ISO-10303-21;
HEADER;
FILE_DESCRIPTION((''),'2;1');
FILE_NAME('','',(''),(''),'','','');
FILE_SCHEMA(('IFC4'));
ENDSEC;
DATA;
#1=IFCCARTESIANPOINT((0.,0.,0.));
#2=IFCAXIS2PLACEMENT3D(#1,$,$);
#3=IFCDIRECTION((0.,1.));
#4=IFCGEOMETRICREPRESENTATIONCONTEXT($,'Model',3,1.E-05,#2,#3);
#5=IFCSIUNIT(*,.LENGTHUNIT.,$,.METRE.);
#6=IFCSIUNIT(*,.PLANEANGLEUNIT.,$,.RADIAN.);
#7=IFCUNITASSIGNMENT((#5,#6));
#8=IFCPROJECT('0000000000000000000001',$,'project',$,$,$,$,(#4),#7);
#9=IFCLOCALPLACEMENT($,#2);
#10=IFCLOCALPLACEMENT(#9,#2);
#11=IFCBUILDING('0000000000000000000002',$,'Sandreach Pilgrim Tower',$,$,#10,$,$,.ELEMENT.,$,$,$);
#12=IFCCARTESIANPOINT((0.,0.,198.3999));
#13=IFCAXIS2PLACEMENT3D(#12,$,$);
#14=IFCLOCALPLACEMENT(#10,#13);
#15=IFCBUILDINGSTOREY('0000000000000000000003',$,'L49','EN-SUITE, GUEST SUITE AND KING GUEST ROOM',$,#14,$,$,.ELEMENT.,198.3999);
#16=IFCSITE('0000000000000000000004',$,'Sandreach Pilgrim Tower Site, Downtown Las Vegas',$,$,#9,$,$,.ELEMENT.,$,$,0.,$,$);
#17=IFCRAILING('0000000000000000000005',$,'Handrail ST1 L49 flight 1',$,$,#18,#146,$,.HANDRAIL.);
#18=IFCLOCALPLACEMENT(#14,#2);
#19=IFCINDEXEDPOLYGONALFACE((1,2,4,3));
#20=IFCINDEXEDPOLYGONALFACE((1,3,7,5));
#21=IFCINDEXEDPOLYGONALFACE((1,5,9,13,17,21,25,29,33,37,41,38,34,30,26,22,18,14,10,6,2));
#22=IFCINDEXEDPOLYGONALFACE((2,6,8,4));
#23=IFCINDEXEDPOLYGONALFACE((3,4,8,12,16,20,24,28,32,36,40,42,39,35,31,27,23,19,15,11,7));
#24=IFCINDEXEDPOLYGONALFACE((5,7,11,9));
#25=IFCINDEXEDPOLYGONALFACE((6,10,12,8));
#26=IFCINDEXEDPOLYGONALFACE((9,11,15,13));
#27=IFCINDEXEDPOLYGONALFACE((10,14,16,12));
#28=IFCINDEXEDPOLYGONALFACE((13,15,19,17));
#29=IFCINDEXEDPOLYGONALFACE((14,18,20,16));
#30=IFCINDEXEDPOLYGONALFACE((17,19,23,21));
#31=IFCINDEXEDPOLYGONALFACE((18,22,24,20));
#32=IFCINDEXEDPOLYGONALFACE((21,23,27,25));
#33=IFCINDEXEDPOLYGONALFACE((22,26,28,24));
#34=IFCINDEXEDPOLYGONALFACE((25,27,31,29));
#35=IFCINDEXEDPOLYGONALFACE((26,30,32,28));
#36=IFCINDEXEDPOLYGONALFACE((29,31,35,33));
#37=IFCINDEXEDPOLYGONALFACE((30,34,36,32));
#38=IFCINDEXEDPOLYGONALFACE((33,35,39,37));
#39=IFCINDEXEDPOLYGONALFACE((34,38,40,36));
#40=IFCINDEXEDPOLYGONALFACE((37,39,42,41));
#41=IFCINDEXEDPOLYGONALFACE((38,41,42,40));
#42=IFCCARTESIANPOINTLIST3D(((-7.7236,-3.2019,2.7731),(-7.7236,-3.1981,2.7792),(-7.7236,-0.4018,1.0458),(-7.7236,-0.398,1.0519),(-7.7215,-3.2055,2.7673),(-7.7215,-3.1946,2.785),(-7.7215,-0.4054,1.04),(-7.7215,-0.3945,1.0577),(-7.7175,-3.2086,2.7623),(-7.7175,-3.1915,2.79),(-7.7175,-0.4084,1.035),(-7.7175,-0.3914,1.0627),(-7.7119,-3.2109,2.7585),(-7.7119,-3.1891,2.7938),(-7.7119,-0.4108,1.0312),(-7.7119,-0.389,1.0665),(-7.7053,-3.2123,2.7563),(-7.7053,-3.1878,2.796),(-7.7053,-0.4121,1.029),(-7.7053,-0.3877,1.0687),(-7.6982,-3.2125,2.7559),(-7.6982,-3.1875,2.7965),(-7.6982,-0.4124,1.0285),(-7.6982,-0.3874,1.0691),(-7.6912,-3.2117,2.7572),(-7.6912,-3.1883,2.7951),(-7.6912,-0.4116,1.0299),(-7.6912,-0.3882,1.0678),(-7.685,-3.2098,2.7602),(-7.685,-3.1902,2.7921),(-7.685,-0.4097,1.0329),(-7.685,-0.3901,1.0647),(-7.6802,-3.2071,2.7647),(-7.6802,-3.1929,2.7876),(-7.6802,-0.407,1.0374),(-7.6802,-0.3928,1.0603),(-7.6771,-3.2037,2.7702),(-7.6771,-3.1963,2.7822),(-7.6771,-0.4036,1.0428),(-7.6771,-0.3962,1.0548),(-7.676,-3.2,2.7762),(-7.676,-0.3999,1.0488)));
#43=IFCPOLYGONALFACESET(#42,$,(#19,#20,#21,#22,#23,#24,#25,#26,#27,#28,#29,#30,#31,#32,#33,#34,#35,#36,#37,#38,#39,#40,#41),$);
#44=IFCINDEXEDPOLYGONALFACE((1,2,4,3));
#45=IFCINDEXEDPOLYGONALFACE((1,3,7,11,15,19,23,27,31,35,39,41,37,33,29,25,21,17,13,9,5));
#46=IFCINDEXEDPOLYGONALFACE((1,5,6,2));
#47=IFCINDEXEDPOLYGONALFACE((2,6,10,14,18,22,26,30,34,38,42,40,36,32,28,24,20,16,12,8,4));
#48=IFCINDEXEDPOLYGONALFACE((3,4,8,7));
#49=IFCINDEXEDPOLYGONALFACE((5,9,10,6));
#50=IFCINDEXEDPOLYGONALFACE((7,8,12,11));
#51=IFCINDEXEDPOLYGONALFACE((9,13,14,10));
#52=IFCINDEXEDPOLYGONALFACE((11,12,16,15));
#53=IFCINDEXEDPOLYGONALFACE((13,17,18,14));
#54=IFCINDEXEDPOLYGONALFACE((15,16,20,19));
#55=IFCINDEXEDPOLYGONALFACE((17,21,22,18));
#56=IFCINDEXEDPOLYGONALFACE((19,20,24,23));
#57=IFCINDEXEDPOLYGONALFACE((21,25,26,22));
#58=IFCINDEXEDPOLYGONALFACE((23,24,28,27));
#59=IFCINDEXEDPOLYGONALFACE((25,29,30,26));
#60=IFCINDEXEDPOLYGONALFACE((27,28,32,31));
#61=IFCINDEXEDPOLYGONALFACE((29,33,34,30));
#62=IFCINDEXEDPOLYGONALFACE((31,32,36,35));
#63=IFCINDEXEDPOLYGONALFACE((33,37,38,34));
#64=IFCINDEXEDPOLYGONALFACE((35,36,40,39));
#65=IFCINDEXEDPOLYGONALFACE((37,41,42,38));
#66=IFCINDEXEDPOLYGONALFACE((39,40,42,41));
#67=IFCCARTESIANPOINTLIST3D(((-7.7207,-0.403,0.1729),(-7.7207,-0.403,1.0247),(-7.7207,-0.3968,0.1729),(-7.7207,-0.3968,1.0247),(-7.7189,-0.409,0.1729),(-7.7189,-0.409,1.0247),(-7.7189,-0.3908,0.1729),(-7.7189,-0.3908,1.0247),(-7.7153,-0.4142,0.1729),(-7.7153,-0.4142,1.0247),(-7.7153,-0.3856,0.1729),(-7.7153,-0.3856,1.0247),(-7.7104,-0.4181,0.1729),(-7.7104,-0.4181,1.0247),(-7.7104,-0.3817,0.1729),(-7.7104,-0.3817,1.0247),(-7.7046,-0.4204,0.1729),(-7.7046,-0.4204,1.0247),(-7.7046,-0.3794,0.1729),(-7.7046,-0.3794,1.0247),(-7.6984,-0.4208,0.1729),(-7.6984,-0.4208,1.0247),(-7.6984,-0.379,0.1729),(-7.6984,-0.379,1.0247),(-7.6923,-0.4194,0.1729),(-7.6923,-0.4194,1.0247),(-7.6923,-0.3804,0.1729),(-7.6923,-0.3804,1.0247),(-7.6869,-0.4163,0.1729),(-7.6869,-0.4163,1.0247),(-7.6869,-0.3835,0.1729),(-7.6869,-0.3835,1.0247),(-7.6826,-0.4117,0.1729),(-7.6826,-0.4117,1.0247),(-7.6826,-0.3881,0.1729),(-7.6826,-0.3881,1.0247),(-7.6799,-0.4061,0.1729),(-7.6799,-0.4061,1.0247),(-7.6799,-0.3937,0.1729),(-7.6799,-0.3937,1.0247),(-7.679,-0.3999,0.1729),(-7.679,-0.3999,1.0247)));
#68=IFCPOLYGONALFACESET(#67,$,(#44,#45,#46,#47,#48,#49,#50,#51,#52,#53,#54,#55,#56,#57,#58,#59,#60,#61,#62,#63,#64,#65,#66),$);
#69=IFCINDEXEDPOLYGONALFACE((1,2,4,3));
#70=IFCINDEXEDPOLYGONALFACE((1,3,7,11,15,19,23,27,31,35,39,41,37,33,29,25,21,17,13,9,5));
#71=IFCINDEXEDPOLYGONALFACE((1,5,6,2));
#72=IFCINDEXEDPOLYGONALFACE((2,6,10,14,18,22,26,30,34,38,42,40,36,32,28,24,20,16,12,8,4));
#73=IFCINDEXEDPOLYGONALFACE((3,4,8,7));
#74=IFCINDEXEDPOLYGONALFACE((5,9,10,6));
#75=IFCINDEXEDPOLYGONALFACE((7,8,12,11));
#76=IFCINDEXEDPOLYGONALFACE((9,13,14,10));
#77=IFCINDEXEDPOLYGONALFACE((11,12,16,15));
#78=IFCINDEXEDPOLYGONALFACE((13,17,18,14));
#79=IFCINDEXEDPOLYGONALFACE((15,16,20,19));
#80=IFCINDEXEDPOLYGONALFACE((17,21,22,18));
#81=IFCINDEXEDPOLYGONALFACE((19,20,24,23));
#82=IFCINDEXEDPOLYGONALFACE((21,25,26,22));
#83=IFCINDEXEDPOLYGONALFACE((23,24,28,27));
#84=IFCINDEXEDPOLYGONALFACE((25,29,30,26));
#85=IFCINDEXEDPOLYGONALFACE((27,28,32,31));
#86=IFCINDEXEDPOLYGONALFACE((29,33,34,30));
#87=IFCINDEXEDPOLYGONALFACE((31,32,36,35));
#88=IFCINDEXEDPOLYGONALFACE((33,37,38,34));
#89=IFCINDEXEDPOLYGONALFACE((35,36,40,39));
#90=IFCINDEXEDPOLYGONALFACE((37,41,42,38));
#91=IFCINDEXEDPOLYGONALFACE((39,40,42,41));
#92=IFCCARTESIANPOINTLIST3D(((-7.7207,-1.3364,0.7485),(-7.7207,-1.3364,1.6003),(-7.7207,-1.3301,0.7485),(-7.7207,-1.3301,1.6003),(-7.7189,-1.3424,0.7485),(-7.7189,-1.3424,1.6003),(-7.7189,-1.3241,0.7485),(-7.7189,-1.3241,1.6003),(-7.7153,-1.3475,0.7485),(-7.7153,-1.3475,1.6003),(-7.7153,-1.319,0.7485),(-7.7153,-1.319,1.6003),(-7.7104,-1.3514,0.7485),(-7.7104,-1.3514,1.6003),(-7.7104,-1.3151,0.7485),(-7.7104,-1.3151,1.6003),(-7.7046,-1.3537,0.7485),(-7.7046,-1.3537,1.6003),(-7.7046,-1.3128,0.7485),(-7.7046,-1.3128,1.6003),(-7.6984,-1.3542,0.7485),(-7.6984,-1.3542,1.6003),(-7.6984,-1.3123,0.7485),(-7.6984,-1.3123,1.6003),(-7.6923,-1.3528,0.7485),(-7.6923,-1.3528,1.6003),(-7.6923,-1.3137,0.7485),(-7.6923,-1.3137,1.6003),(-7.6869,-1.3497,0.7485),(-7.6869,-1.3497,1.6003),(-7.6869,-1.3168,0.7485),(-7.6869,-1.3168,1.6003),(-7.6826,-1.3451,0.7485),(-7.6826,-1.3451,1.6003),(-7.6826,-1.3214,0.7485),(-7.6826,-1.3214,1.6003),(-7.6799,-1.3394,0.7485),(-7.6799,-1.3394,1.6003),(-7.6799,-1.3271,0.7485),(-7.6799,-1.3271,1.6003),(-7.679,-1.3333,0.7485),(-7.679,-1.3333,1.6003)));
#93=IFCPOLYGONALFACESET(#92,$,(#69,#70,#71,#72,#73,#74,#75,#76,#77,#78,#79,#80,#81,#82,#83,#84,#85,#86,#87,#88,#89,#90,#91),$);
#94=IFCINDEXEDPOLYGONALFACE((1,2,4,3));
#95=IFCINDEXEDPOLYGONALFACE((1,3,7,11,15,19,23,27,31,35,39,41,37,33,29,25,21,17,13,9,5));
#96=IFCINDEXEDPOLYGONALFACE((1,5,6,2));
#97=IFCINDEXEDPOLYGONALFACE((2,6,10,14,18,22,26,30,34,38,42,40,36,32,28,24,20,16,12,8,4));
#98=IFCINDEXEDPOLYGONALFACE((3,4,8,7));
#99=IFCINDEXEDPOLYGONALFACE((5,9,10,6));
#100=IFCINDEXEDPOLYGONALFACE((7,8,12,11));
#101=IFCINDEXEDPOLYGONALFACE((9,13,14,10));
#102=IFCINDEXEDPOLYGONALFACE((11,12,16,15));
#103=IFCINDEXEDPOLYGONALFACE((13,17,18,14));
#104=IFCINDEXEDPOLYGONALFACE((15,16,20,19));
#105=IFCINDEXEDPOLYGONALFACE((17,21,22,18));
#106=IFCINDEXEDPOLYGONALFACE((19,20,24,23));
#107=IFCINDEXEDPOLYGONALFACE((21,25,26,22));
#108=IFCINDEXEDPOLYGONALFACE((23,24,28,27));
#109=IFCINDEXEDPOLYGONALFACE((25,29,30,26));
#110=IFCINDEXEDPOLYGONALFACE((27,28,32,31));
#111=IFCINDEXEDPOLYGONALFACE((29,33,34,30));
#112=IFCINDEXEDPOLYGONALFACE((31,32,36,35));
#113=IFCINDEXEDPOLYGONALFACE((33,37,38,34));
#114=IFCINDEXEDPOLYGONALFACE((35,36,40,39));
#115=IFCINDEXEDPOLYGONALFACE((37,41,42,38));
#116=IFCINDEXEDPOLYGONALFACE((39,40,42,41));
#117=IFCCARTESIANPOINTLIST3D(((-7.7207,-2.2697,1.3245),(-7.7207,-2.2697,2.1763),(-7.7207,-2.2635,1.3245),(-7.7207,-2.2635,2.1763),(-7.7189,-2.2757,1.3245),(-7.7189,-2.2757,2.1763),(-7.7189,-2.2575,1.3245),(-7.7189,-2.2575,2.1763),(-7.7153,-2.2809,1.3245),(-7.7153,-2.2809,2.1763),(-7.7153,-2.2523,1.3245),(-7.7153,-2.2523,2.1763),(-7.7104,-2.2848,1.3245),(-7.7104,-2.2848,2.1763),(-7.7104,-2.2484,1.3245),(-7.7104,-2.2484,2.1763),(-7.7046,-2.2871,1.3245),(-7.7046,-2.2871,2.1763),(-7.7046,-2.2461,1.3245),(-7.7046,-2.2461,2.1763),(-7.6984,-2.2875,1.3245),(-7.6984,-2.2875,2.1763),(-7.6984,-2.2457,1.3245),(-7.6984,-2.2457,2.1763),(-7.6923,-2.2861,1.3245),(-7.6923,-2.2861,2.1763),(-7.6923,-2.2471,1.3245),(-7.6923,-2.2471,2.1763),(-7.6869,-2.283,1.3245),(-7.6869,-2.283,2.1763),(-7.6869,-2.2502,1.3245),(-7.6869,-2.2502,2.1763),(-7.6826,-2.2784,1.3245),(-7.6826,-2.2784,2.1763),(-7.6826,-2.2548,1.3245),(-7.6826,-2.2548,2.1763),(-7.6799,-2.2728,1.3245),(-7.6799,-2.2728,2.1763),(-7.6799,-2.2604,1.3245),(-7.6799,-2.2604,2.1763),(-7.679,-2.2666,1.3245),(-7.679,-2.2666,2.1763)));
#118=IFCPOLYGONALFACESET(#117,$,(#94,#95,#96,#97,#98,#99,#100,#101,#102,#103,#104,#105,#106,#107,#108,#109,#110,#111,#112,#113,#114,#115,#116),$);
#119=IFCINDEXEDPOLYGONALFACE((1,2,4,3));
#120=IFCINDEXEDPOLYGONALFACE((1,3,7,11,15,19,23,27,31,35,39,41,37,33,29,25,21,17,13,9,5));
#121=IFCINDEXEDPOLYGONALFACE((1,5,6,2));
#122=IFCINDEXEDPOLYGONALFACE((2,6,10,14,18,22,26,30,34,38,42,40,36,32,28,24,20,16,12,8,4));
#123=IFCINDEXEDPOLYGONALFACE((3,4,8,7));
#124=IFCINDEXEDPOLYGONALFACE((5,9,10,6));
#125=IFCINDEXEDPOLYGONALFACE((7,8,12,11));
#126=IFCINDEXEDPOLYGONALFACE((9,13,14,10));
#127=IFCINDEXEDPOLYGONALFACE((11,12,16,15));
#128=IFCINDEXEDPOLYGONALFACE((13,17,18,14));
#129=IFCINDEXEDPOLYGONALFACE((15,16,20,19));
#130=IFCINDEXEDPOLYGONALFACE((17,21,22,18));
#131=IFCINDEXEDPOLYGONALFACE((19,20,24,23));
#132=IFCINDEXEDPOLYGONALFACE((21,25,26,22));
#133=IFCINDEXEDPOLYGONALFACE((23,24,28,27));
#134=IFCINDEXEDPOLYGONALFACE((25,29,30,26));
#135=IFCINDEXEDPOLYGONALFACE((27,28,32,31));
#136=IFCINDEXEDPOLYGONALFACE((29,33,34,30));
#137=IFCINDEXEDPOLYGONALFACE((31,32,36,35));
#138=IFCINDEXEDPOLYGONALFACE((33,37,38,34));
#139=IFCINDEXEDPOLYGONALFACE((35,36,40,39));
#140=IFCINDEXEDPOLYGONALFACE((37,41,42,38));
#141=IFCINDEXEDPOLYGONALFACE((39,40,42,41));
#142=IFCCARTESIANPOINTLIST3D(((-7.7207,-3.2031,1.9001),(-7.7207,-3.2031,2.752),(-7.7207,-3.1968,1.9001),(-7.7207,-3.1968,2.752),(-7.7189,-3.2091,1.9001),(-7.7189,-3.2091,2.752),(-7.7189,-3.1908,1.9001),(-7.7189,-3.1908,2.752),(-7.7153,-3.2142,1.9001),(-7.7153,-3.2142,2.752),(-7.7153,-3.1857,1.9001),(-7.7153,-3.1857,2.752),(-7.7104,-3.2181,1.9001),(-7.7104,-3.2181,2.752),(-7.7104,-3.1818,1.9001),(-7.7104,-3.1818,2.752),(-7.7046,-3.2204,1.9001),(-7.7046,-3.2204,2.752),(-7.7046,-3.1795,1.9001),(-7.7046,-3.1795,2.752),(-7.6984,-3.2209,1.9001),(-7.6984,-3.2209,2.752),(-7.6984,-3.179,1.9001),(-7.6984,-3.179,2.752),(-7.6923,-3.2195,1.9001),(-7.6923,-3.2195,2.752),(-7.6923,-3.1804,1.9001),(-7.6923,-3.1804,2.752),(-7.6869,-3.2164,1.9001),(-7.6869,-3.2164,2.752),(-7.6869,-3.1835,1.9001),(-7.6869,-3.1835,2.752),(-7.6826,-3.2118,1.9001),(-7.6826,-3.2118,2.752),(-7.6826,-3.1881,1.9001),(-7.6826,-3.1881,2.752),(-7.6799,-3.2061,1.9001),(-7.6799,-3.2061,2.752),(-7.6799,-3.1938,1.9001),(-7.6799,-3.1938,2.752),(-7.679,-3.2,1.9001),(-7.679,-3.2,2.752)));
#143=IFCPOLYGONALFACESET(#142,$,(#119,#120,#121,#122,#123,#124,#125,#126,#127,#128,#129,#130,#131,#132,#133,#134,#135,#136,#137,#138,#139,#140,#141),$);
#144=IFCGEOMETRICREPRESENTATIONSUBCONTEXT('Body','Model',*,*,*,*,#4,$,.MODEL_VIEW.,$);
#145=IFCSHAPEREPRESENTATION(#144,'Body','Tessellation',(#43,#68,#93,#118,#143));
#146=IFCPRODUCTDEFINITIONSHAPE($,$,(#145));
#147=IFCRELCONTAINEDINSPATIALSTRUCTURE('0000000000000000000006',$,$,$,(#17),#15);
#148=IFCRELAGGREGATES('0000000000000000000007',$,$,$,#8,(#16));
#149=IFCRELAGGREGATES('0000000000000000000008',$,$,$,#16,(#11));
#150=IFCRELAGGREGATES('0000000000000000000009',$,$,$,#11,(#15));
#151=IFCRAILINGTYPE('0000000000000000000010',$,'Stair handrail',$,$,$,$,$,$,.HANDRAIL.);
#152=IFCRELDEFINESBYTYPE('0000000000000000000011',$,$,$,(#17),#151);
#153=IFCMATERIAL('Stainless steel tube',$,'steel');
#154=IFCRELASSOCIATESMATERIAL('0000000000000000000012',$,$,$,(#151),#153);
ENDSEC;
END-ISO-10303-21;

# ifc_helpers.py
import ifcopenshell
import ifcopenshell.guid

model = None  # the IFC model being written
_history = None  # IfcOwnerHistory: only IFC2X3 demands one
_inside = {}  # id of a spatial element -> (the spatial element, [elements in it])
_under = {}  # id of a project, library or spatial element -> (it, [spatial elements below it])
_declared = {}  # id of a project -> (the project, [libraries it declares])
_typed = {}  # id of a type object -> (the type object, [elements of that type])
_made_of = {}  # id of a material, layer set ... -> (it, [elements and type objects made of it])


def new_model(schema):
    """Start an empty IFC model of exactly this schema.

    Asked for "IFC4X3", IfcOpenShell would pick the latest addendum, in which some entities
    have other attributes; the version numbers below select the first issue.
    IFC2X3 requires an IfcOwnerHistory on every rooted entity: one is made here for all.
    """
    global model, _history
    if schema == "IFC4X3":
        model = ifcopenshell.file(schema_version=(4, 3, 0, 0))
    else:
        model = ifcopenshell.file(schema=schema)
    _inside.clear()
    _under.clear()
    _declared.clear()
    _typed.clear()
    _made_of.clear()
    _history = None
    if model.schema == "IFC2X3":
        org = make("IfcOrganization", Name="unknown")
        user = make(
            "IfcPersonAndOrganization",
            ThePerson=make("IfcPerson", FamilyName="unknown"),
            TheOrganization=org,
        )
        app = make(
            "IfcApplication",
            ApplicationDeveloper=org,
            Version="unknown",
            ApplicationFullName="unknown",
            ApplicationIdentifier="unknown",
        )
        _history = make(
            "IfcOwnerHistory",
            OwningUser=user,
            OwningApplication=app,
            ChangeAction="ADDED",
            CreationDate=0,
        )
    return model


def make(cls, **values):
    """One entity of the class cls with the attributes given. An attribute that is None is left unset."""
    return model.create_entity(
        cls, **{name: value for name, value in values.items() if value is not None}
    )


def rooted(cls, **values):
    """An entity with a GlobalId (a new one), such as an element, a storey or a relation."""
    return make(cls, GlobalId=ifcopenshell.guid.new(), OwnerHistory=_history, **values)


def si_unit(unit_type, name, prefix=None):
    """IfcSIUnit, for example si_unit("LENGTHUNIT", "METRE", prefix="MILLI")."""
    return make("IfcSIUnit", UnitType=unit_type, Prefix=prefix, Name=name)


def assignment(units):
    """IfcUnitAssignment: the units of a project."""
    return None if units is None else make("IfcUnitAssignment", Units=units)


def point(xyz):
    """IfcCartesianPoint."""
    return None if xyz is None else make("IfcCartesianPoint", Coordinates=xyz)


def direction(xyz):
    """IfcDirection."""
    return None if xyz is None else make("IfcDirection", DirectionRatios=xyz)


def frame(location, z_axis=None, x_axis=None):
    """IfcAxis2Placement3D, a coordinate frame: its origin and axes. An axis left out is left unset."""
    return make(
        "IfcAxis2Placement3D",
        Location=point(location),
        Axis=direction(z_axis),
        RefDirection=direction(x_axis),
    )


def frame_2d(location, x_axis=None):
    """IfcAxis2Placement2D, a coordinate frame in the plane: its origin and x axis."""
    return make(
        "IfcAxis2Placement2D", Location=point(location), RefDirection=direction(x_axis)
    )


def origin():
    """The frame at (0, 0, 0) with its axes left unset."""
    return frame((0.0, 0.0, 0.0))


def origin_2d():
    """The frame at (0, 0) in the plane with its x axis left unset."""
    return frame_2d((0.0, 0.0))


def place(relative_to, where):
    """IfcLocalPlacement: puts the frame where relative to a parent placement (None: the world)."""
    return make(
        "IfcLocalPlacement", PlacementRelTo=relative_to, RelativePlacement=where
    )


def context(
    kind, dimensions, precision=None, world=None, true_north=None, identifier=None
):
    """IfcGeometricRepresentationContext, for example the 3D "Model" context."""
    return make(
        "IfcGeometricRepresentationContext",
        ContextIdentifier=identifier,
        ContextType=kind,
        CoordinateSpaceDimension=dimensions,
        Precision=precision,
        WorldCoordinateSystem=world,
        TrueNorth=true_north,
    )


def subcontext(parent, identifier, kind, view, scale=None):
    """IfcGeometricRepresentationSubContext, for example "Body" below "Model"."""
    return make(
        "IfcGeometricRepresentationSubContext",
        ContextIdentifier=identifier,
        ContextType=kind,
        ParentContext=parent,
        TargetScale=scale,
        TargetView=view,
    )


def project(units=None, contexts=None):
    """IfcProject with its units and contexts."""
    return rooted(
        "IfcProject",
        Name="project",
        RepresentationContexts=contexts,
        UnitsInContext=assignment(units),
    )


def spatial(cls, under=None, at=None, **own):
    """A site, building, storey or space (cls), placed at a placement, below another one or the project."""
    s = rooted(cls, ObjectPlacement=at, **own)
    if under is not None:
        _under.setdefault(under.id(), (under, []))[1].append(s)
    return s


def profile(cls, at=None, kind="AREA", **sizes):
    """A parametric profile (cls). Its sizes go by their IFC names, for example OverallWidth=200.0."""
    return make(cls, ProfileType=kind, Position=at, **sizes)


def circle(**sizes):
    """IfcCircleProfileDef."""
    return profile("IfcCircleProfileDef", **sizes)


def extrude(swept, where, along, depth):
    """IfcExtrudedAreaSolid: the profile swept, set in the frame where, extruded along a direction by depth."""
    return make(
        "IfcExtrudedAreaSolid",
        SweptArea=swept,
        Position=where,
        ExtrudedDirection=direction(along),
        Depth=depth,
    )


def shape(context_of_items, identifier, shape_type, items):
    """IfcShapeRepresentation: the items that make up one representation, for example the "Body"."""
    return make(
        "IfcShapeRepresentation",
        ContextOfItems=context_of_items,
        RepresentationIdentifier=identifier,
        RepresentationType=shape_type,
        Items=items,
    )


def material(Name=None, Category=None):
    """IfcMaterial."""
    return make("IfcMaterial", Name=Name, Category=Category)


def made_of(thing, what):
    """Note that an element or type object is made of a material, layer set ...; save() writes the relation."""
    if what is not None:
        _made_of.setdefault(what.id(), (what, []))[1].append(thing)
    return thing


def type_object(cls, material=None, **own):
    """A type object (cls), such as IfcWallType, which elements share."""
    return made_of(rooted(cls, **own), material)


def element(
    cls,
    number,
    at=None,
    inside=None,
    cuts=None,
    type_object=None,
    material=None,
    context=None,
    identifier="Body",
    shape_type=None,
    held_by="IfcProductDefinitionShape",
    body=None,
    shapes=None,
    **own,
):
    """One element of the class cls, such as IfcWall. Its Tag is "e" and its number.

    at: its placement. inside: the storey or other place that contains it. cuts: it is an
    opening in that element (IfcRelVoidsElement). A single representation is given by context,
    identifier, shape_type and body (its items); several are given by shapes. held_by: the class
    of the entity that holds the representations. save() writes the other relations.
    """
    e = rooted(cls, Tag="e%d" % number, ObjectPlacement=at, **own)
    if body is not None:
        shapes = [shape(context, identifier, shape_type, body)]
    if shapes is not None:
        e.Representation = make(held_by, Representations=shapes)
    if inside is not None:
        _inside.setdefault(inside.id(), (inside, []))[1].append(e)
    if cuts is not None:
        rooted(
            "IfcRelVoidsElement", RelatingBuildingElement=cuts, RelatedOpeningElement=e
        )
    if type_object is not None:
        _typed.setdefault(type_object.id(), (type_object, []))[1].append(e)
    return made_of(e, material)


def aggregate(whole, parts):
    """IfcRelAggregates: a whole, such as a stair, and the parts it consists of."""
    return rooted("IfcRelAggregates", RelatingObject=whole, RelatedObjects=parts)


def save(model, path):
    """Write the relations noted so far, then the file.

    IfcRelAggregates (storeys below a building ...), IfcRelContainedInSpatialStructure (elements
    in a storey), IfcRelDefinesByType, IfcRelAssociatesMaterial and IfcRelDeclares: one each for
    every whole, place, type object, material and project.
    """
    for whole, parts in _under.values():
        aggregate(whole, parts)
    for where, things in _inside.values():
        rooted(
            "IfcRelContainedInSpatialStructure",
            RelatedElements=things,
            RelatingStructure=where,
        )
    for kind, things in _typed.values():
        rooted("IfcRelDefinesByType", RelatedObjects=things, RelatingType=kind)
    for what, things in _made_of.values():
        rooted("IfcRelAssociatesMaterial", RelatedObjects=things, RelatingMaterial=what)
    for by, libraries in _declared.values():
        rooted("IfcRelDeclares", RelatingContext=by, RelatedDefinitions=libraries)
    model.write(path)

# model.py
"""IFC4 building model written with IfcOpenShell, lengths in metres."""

from ifc_helpers import new_model, si_unit, direction, frame, origin, origin_2d, place, context, subcontext, project, spatial, circle, extrude, material, type_object, element, save


model = new_model("IFC4")

# Units and contexts
model_context = context("Model", 3, precision=1e-05, world=origin(), true_north=direction((0.0, 1.0)))
body_context = subcontext(model_context, "Body", "Model", "MODEL_VIEW")
ifc_project = project(units=[si_unit("LENGTHUNIT", "METRE"), si_unit("PLANEANGLEUNIT", "RADIAN")], contexts=[model_context])

# Site, building, storey
site_placement = place(None, origin())
site = spatial("IfcSite", under=ifc_project, at=site_placement, Name="Sandreach Pilgrim Tower Site, Downtown Las Vegas", CompositionType="ELEMENT", RefElevation=0.0)
building_placement = place(site_placement, origin())
building = spatial("IfcBuilding", under=site, at=building_placement, Name="Sandreach Pilgrim Tower", CompositionType="ELEMENT")
storey_placement = place(building_placement, frame((0.0, 0.0, 198.3999)))
storey = spatial("IfcBuildingStorey", under=building, at=storey_placement, Name="L49", Description="EN-SUITE, GUEST SUITE AND KING GUEST ROOM", CompositionType="ELEMENT", Elevation=198.3999)

# Railing
ifc_material_1 = material(Name="Stainless steel tube", Category="steel")
railing_type = type_object("IfcRailingType", Name="Stair handrail", PredefinedType="HANDRAIL", material=ifc_material_1)
for number, where, name in (
    (1, (-7.7, -0.3999, 0.1729), "Handrail ST1 L49 flight 1"),
):
    element("IfcRailing", number, at=place(storey_placement, frame(where)), inside=storey, type_object=railing_type, Name=name, PredefinedType="HANDRAIL", context=body_context, shape_type="SweptSolid", body=[
        extrude(circle(Radius=0.0239, at=origin_2d()), frame((0.0, 0.0, 0.876), z_axis=(0.0, -0.85109, 0.52502), x_axis=(1.0, 0.0, 0.0)), (0.0, 0.0, 1.0), 3.29),
        extrude(circle(Radius=0.021, at=origin_2d()), origin(), (0.0, 0.0, 1.0), 0.8518),
        extrude(circle(Radius=0.021, at=origin_2d()), frame((0.0, -0.9333, 0.5757)), (0.0, 0.0, 1.0), 0.8518),
        extrude(circle(Radius=0.021, at=origin_2d()), frame((0.0, -1.8667, 1.1516)), (0.0, 0.0, 1.0), 0.8518),
        extrude(circle(Radius=0.021, at=origin_2d()), frame((0.0, -2.8, 1.7273)), (0.0, 0.0, 1.0), 0.8518),
    ])

save(model, "model.ifc")
